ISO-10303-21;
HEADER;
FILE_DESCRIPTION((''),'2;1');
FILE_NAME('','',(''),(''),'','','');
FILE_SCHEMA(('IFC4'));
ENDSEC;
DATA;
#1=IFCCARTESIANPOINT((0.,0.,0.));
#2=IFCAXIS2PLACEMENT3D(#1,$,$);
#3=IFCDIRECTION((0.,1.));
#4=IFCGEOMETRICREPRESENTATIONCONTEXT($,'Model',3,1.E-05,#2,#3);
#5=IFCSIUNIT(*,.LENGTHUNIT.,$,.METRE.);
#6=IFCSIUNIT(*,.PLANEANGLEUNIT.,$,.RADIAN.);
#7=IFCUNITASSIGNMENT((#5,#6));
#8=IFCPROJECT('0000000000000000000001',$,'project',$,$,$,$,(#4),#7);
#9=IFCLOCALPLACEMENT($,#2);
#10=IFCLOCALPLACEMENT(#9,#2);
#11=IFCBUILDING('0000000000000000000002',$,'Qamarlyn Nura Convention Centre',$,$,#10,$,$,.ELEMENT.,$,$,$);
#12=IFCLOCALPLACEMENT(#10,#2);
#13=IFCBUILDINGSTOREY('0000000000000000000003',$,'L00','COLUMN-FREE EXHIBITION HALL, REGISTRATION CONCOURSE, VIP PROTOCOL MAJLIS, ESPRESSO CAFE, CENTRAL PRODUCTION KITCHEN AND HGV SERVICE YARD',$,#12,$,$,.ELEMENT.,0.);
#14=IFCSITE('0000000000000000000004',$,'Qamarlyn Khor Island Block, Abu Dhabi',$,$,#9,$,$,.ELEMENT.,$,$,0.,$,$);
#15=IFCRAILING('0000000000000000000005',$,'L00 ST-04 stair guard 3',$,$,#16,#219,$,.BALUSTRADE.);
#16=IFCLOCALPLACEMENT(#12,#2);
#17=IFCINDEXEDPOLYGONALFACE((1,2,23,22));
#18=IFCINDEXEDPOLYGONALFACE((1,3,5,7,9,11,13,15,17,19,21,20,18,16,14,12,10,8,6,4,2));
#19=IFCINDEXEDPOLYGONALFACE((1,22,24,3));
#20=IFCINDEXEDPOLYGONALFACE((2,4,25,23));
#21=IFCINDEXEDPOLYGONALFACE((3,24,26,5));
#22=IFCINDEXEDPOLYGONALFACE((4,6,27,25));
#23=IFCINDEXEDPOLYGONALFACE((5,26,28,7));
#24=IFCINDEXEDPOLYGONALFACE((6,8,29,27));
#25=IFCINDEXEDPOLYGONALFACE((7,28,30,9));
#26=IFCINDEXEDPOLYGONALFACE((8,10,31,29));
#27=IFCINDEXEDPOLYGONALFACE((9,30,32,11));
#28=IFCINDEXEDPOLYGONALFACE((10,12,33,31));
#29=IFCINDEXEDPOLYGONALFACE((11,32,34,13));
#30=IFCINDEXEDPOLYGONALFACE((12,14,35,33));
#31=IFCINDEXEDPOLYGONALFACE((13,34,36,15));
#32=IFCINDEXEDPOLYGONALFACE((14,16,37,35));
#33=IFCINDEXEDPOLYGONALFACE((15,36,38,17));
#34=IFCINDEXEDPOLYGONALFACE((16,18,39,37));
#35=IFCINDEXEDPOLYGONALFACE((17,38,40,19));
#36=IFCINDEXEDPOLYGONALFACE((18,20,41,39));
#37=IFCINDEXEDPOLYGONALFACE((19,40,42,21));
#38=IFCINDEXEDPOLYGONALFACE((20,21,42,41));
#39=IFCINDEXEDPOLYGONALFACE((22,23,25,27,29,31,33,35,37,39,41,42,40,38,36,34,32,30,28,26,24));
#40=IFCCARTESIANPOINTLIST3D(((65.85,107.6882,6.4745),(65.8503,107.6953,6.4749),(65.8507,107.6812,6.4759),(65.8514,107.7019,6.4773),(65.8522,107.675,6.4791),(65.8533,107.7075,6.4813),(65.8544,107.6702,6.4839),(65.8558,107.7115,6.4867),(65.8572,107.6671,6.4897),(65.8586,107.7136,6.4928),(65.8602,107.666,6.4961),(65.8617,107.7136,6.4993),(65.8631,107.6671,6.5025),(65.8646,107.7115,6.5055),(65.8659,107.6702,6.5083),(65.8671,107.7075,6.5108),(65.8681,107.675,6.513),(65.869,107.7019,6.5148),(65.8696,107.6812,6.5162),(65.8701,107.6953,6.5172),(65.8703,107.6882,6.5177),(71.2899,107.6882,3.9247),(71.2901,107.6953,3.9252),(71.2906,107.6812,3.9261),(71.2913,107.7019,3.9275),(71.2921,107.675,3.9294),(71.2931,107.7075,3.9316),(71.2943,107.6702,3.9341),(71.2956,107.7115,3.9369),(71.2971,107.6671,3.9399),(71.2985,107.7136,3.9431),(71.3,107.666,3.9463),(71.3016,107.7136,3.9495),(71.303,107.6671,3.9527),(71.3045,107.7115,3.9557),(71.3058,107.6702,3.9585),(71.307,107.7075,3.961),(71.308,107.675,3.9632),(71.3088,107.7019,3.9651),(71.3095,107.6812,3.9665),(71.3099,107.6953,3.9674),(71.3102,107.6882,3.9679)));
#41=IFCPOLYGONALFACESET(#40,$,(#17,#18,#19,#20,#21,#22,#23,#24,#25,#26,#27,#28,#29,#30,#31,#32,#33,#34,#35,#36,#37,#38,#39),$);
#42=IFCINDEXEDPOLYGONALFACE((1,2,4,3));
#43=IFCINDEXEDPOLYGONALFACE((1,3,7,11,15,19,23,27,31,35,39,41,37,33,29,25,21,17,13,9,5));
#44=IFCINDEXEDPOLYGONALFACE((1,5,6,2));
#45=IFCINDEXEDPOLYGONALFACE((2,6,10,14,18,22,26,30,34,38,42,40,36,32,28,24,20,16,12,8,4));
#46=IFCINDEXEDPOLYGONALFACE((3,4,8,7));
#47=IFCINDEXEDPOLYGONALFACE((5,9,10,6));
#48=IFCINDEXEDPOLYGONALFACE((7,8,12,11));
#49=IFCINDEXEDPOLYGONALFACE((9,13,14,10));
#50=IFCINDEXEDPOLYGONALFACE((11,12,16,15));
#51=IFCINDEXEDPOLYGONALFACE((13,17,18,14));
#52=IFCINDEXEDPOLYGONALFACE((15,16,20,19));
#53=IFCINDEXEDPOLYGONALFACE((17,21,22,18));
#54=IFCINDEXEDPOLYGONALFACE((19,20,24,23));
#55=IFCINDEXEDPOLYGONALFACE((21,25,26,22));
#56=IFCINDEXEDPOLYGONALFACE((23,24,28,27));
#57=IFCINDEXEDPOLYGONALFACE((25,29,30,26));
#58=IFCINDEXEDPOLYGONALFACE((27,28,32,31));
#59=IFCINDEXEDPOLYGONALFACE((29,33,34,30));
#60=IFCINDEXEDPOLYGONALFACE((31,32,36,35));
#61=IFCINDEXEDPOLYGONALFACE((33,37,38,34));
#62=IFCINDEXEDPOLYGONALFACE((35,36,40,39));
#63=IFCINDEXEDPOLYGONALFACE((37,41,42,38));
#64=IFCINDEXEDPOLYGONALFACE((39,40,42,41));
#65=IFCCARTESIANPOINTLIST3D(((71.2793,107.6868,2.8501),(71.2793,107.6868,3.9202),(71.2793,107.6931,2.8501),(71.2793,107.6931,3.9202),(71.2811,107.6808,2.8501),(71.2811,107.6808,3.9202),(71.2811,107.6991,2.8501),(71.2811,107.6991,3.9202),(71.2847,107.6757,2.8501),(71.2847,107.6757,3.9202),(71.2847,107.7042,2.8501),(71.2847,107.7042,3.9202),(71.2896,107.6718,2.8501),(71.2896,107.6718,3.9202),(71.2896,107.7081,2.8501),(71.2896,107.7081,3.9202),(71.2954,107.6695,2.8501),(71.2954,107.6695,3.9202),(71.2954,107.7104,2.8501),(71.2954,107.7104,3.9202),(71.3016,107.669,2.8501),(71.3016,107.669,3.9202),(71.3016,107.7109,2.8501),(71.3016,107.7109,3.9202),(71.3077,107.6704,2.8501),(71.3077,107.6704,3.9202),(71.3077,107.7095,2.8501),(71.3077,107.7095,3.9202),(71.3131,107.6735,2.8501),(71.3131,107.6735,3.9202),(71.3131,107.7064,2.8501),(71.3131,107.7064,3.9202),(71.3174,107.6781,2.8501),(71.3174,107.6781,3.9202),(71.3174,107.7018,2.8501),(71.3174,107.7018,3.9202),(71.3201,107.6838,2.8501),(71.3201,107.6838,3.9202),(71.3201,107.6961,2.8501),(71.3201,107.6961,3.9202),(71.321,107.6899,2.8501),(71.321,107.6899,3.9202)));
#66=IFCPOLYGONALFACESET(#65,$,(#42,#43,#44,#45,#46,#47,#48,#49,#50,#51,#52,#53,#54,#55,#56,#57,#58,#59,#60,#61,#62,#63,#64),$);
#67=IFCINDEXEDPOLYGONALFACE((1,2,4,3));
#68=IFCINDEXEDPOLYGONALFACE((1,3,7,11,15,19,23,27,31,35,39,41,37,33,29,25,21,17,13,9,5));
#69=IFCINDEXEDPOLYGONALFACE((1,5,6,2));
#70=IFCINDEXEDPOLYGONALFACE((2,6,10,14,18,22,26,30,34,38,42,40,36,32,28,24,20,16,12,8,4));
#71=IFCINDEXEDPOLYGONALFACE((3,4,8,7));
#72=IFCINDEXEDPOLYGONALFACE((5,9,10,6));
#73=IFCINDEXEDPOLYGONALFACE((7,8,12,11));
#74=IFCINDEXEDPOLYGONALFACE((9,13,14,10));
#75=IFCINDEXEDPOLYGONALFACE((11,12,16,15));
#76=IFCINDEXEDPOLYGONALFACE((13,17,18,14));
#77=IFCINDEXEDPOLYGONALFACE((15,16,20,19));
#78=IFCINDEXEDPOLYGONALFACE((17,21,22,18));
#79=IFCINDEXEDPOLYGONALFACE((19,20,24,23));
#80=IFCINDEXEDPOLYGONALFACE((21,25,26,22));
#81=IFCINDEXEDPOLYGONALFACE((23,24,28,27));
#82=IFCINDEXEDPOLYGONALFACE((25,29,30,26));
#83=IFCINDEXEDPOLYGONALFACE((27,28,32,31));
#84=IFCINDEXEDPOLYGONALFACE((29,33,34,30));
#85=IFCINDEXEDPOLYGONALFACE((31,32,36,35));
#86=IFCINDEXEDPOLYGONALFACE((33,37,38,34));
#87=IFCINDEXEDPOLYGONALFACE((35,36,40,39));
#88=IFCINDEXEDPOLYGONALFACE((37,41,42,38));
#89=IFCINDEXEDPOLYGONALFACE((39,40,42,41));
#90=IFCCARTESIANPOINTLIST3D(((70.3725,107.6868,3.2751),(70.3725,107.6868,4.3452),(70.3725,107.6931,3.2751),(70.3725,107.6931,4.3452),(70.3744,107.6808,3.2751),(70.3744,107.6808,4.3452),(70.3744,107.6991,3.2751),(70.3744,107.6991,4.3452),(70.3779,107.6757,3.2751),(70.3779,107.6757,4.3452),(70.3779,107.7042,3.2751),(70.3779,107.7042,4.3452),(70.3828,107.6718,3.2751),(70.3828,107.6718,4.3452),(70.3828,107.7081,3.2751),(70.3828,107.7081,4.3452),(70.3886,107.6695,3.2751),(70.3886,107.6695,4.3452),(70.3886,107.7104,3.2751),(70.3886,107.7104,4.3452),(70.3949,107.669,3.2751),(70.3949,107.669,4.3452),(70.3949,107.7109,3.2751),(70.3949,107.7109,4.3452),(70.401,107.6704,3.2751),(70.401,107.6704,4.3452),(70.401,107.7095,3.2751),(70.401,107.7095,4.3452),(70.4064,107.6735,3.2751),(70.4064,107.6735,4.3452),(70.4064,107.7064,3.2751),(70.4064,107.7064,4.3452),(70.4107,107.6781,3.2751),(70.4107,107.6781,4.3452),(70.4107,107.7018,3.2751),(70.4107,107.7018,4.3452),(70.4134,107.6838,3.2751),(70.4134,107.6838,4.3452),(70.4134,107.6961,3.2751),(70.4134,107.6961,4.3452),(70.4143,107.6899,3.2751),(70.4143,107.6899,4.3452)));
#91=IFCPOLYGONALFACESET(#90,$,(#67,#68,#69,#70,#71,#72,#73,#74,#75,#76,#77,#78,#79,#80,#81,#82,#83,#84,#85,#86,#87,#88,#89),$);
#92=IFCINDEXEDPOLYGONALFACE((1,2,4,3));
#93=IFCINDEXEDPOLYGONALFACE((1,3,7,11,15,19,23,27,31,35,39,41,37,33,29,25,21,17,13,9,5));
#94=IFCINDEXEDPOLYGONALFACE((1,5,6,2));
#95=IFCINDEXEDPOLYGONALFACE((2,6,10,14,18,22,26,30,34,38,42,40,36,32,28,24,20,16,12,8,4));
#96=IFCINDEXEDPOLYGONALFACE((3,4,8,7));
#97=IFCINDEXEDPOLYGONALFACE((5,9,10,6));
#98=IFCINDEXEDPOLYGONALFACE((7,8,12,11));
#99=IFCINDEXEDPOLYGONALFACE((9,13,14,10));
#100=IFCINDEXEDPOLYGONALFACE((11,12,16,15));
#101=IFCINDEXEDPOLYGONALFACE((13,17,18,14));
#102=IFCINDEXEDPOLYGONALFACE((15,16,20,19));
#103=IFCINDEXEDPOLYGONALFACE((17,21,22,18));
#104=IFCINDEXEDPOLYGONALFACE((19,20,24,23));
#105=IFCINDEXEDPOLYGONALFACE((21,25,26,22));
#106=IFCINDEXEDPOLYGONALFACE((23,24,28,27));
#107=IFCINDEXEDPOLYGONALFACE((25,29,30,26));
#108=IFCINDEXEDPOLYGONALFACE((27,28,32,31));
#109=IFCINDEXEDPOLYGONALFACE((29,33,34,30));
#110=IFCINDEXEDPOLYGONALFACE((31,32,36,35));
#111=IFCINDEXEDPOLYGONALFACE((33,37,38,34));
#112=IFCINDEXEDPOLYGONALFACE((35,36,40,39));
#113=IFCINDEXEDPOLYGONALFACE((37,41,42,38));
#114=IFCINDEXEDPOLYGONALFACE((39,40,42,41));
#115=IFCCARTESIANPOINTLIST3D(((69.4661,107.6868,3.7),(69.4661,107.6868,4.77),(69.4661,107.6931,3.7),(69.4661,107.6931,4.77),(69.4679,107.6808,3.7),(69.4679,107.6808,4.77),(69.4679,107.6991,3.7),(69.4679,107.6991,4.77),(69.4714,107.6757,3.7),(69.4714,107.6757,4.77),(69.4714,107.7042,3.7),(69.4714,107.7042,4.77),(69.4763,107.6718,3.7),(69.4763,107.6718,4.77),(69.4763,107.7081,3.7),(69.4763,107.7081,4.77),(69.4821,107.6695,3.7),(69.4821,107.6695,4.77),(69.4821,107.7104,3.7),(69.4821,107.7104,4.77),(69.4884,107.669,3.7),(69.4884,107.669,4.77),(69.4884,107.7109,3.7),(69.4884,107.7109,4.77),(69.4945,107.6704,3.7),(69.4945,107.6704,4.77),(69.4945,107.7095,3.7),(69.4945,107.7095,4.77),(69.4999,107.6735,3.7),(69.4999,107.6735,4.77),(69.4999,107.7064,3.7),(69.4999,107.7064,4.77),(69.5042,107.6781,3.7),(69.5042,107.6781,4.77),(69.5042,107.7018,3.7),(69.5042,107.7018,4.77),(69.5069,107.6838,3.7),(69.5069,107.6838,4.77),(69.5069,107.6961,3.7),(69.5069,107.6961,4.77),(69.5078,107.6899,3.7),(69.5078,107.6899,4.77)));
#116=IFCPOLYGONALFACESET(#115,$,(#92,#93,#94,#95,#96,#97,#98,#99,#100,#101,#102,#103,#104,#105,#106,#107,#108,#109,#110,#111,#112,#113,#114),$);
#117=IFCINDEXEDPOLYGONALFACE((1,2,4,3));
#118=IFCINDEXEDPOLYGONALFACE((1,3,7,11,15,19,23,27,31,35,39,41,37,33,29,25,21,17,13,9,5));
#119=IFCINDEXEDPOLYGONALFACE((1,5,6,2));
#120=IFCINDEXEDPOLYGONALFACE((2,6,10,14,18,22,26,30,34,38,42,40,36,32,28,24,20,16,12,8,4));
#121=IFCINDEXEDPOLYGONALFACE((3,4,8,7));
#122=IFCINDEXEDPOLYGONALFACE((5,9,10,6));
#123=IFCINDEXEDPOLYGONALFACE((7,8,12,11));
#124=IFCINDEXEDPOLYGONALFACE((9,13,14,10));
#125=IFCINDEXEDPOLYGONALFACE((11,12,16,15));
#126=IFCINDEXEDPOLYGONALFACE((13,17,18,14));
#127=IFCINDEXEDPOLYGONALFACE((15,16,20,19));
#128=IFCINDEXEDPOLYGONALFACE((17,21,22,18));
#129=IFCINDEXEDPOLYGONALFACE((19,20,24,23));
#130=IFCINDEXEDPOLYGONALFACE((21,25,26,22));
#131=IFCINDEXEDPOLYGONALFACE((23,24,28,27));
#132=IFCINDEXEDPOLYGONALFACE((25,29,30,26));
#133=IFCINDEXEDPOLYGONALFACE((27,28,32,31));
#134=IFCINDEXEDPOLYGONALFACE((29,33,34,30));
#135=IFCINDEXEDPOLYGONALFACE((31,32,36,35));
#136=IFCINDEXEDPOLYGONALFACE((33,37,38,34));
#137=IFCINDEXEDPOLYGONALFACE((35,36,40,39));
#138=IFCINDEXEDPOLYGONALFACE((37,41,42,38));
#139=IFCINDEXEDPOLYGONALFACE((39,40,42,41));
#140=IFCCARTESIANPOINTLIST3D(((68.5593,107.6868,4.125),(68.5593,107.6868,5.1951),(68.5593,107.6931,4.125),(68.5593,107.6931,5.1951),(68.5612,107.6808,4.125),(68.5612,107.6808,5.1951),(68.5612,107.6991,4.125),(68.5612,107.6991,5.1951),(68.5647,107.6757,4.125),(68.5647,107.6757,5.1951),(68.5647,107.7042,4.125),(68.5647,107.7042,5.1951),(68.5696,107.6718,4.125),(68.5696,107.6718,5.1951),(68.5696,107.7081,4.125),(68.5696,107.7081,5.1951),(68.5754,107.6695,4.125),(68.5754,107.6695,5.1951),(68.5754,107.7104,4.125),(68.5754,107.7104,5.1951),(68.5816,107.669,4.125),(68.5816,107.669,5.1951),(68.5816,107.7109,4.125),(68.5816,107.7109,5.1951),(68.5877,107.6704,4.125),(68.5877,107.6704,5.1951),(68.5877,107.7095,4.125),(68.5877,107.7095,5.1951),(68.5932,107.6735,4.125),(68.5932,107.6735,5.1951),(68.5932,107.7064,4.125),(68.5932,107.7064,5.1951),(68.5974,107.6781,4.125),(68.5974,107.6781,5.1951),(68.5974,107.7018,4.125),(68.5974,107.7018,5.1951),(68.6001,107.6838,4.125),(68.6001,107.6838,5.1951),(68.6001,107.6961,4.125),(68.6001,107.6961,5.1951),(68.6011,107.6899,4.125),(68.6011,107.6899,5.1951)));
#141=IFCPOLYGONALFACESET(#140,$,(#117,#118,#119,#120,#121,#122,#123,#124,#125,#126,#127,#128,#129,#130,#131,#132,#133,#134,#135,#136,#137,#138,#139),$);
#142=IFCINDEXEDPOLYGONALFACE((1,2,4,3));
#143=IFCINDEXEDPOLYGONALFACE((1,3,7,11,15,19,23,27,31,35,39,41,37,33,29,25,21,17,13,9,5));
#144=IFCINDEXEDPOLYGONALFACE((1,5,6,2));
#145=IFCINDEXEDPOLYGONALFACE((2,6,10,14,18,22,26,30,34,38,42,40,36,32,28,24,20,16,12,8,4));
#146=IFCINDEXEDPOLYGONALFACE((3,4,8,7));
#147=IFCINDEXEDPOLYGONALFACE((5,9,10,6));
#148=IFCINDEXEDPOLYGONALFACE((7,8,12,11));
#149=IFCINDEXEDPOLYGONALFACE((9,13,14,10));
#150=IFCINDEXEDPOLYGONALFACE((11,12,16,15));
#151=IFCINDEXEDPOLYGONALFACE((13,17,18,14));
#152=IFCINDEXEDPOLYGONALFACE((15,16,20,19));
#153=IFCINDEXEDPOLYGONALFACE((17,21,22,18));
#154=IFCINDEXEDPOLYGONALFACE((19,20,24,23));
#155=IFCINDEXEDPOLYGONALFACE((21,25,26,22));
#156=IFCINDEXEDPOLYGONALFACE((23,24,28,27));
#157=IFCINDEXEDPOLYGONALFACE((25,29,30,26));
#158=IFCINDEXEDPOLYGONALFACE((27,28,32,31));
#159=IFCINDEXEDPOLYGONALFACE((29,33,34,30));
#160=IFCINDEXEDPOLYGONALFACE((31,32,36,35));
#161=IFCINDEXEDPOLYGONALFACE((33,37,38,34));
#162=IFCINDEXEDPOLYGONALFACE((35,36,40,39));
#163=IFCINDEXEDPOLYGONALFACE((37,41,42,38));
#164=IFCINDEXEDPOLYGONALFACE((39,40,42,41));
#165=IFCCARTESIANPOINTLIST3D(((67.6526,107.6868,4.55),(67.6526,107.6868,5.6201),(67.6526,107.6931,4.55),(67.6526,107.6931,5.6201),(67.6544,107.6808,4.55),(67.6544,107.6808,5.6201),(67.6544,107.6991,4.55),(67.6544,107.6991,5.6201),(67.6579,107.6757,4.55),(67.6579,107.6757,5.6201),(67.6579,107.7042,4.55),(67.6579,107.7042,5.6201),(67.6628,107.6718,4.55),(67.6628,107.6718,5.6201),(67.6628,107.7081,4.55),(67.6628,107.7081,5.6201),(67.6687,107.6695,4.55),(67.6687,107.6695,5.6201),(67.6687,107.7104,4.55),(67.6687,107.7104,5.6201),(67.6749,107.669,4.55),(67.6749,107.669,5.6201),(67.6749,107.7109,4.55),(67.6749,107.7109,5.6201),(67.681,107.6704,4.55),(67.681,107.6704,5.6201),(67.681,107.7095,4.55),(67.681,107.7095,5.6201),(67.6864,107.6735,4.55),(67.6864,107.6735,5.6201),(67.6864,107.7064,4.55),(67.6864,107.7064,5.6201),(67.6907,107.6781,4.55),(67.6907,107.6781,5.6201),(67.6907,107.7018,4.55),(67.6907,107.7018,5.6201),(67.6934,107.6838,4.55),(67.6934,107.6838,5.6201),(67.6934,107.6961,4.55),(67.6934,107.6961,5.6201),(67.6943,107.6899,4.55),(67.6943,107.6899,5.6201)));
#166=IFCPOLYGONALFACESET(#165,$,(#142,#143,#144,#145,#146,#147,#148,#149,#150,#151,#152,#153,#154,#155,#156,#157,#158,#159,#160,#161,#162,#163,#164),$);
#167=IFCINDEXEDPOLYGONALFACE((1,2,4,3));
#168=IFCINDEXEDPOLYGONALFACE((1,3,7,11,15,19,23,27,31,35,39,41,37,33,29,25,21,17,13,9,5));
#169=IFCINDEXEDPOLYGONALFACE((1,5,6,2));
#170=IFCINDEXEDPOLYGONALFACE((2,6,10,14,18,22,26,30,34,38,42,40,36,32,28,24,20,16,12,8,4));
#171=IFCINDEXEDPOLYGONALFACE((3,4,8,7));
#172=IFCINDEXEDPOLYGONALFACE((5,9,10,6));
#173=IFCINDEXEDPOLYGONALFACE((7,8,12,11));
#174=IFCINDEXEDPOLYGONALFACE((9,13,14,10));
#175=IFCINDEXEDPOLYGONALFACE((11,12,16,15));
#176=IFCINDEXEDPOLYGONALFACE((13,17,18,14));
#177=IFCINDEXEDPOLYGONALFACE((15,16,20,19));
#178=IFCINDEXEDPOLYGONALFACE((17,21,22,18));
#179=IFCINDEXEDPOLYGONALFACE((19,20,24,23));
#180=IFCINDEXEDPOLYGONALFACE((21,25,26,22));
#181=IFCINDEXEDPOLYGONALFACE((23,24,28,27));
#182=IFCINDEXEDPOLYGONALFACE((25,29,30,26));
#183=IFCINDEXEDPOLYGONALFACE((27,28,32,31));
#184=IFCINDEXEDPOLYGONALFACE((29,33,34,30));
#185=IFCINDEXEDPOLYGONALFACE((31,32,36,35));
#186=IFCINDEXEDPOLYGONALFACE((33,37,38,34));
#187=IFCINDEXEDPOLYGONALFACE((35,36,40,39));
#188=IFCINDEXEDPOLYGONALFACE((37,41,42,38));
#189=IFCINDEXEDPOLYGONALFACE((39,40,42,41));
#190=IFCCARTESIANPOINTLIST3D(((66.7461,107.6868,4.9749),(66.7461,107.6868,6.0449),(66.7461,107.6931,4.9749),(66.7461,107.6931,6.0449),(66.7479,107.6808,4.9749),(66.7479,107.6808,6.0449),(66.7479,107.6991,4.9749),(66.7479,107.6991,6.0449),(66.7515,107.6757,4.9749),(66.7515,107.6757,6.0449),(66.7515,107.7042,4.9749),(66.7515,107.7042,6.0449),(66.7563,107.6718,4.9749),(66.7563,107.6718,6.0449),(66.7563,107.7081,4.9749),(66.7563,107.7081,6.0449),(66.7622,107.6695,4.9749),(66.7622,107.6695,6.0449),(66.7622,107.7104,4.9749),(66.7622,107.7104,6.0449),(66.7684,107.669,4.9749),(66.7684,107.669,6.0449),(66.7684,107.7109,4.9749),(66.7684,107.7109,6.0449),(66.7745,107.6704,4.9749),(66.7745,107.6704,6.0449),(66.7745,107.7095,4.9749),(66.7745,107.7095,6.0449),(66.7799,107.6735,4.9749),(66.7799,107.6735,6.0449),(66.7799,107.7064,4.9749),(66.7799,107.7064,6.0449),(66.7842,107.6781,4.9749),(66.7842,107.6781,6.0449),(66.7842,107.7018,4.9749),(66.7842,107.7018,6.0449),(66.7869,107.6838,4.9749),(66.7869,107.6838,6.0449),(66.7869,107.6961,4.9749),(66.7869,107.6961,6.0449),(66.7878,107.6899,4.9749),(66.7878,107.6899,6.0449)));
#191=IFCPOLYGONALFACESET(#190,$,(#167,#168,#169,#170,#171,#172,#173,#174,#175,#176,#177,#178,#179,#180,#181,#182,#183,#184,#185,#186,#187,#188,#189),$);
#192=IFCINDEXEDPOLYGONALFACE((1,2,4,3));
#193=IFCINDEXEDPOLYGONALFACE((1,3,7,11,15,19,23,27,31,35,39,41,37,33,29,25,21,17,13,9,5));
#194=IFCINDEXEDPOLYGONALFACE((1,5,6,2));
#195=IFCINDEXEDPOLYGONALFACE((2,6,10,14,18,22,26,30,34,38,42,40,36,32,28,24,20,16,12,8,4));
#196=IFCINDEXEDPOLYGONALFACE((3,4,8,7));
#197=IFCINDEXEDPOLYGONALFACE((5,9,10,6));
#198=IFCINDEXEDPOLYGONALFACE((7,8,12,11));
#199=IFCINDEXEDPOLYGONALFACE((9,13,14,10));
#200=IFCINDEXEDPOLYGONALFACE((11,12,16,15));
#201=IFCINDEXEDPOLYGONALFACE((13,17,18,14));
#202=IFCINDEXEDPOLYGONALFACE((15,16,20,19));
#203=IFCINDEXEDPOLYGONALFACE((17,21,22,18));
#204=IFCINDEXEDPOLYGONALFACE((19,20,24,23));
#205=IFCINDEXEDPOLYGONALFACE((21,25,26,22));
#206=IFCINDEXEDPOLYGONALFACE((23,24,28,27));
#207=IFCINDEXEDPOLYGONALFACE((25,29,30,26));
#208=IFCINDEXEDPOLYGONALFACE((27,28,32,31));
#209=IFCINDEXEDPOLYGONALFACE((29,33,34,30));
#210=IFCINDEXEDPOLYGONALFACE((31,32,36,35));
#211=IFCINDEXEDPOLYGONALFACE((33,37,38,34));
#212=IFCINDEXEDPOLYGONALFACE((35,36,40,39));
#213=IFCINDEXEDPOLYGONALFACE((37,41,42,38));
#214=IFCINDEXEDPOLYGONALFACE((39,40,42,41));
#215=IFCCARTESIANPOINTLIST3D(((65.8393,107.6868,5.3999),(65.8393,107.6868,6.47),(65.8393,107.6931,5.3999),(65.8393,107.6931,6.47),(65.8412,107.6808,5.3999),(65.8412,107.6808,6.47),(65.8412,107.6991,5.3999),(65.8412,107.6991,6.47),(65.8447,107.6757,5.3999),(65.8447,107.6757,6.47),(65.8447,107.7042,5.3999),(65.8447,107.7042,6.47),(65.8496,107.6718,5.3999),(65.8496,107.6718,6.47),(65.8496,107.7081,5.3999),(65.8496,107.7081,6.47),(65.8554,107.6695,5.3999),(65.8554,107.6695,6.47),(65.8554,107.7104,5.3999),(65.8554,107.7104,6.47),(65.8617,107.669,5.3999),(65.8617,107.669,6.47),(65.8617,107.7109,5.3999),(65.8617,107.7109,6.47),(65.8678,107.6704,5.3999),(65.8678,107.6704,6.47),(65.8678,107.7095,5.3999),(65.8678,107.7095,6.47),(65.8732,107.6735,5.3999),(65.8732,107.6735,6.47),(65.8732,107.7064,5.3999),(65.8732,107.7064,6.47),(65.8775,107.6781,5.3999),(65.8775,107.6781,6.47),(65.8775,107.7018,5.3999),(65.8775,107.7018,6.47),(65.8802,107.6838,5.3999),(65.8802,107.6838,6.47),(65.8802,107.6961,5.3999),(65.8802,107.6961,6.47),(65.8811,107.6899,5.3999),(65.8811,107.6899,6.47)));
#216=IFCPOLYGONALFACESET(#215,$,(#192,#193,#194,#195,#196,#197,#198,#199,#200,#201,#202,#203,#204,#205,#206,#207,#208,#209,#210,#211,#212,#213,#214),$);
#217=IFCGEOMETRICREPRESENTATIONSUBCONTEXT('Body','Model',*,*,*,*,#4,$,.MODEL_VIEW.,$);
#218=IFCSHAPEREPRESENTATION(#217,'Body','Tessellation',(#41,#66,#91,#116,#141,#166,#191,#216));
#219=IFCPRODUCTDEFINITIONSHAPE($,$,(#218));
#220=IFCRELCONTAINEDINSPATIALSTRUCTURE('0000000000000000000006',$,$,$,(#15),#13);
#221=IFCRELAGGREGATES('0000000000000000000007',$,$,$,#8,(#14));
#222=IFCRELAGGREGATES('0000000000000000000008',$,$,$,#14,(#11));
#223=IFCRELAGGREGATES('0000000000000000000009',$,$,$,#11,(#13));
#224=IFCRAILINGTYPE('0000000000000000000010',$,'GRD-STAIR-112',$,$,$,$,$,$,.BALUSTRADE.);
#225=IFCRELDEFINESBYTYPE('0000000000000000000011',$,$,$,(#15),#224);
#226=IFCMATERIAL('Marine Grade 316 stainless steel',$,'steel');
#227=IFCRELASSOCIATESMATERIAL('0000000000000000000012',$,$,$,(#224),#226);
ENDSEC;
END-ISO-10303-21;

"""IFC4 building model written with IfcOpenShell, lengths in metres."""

from ifc_helpers import new_model, si_unit, direction, frame, origin, origin_2d, place, context, subcontext, project, spatial, circle, extrude, material, type_object, element, save


model = new_model("IFC4")

# Units and contexts
model_context = context("Model", 3, precision=1e-05, world=origin(), true_north=direction((0.0, 1.0)))
body_context = subcontext(model_context, "Body", "Model", "MODEL_VIEW")
ifc_project = project(units=[si_unit("LENGTHUNIT", "METRE"), si_unit("PLANEANGLEUNIT", "RADIAN")], contexts=[model_context])

# Site, building, storey
site_placement = place(None, origin())
site = spatial("IfcSite", under=ifc_project, at=site_placement, Name="Qamarlyn Khor Island Block, Abu Dhabi", CompositionType="ELEMENT", RefElevation=0.0)
building_placement = place(site_placement, origin())
building = spatial("IfcBuilding", under=site, at=building_placement, Name="Qamarlyn Nura Convention Centre", CompositionType="ELEMENT")
storey_placement = place(building_placement, origin())
storey = spatial("IfcBuildingStorey", under=building, at=storey_placement, Name="L00", Description="COLUMN-FREE EXHIBITION HALL, REGISTRATION CONCOURSE, VIP PROTOCOL MAJLIS, ESPRESSO CAFE, CENTRAL PRODUCTION KITCHEN AND HGV SERVICE YARD", CompositionType="ELEMENT", Elevation=0.0)

# Railing
ifc_material_1 = material(Name="Marine Grade 316 stainless steel", Category="steel")
railing_type_1 = type_object("IfcRailingType", Name="GRD-STAIR-112", PredefinedType="BALUSTRADE", material=ifc_material_1)
railing_1_placement = place(storey_placement, frame((71.3, 107.6899, 2.8501)))
element("IfcRailing", 1, at=railing_1_placement, inside=storey, type_object=railing_type_1, Name="L00 ST-04 stair guard 3", PredefinedType="BALUSTRADE", context=body_context, shape_type="SweptSolid", body=[
    extrude(circle(Radius=0.0239, at=origin_2d()), frame((0.0, 0.0, 1.0962), z_axis=(-0.90547, 0.0, 0.424411), x_axis=(0.0, -1.0, 0.0)), (0.0, 0.0, 1.0), 6.0078),
    extrude(circle(Radius=0.021, at=origin_2d()), origin(), (0.0, 0.0, 1.0), 1.0701),
    extrude(circle(Radius=0.021, at=origin_2d()), frame((-0.9067, 0.0, 0.425)), (0.0, 0.0, 1.0), 1.0701),
    extrude(circle(Radius=0.021, at=origin_2d()), frame((-1.8132, 0.0, 0.8499)), (0.0, 0.0, 1.0), 1.0701),
    extrude(circle(Radius=0.021, at=origin_2d()), frame((-2.72, 0.0, 1.2749)), (0.0, 0.0, 1.0), 1.0701),
    extrude(circle(Radius=0.021, at=origin_2d()), frame((-3.6267, 0.0, 1.7)), (0.0, 0.0, 1.0), 1.0701),
    extrude(circle(Radius=0.021, at=origin_2d()), frame((-4.5332, 0.0, 2.1248)), (0.0, 0.0, 1.0), 1.0701),
    extrude(circle(Radius=0.021, at=origin_2d()), frame((-5.4399, 0.0, 2.5498)), (0.0, 0.0, 1.0), 1.0701),
])

save(model, "model.ifc")
